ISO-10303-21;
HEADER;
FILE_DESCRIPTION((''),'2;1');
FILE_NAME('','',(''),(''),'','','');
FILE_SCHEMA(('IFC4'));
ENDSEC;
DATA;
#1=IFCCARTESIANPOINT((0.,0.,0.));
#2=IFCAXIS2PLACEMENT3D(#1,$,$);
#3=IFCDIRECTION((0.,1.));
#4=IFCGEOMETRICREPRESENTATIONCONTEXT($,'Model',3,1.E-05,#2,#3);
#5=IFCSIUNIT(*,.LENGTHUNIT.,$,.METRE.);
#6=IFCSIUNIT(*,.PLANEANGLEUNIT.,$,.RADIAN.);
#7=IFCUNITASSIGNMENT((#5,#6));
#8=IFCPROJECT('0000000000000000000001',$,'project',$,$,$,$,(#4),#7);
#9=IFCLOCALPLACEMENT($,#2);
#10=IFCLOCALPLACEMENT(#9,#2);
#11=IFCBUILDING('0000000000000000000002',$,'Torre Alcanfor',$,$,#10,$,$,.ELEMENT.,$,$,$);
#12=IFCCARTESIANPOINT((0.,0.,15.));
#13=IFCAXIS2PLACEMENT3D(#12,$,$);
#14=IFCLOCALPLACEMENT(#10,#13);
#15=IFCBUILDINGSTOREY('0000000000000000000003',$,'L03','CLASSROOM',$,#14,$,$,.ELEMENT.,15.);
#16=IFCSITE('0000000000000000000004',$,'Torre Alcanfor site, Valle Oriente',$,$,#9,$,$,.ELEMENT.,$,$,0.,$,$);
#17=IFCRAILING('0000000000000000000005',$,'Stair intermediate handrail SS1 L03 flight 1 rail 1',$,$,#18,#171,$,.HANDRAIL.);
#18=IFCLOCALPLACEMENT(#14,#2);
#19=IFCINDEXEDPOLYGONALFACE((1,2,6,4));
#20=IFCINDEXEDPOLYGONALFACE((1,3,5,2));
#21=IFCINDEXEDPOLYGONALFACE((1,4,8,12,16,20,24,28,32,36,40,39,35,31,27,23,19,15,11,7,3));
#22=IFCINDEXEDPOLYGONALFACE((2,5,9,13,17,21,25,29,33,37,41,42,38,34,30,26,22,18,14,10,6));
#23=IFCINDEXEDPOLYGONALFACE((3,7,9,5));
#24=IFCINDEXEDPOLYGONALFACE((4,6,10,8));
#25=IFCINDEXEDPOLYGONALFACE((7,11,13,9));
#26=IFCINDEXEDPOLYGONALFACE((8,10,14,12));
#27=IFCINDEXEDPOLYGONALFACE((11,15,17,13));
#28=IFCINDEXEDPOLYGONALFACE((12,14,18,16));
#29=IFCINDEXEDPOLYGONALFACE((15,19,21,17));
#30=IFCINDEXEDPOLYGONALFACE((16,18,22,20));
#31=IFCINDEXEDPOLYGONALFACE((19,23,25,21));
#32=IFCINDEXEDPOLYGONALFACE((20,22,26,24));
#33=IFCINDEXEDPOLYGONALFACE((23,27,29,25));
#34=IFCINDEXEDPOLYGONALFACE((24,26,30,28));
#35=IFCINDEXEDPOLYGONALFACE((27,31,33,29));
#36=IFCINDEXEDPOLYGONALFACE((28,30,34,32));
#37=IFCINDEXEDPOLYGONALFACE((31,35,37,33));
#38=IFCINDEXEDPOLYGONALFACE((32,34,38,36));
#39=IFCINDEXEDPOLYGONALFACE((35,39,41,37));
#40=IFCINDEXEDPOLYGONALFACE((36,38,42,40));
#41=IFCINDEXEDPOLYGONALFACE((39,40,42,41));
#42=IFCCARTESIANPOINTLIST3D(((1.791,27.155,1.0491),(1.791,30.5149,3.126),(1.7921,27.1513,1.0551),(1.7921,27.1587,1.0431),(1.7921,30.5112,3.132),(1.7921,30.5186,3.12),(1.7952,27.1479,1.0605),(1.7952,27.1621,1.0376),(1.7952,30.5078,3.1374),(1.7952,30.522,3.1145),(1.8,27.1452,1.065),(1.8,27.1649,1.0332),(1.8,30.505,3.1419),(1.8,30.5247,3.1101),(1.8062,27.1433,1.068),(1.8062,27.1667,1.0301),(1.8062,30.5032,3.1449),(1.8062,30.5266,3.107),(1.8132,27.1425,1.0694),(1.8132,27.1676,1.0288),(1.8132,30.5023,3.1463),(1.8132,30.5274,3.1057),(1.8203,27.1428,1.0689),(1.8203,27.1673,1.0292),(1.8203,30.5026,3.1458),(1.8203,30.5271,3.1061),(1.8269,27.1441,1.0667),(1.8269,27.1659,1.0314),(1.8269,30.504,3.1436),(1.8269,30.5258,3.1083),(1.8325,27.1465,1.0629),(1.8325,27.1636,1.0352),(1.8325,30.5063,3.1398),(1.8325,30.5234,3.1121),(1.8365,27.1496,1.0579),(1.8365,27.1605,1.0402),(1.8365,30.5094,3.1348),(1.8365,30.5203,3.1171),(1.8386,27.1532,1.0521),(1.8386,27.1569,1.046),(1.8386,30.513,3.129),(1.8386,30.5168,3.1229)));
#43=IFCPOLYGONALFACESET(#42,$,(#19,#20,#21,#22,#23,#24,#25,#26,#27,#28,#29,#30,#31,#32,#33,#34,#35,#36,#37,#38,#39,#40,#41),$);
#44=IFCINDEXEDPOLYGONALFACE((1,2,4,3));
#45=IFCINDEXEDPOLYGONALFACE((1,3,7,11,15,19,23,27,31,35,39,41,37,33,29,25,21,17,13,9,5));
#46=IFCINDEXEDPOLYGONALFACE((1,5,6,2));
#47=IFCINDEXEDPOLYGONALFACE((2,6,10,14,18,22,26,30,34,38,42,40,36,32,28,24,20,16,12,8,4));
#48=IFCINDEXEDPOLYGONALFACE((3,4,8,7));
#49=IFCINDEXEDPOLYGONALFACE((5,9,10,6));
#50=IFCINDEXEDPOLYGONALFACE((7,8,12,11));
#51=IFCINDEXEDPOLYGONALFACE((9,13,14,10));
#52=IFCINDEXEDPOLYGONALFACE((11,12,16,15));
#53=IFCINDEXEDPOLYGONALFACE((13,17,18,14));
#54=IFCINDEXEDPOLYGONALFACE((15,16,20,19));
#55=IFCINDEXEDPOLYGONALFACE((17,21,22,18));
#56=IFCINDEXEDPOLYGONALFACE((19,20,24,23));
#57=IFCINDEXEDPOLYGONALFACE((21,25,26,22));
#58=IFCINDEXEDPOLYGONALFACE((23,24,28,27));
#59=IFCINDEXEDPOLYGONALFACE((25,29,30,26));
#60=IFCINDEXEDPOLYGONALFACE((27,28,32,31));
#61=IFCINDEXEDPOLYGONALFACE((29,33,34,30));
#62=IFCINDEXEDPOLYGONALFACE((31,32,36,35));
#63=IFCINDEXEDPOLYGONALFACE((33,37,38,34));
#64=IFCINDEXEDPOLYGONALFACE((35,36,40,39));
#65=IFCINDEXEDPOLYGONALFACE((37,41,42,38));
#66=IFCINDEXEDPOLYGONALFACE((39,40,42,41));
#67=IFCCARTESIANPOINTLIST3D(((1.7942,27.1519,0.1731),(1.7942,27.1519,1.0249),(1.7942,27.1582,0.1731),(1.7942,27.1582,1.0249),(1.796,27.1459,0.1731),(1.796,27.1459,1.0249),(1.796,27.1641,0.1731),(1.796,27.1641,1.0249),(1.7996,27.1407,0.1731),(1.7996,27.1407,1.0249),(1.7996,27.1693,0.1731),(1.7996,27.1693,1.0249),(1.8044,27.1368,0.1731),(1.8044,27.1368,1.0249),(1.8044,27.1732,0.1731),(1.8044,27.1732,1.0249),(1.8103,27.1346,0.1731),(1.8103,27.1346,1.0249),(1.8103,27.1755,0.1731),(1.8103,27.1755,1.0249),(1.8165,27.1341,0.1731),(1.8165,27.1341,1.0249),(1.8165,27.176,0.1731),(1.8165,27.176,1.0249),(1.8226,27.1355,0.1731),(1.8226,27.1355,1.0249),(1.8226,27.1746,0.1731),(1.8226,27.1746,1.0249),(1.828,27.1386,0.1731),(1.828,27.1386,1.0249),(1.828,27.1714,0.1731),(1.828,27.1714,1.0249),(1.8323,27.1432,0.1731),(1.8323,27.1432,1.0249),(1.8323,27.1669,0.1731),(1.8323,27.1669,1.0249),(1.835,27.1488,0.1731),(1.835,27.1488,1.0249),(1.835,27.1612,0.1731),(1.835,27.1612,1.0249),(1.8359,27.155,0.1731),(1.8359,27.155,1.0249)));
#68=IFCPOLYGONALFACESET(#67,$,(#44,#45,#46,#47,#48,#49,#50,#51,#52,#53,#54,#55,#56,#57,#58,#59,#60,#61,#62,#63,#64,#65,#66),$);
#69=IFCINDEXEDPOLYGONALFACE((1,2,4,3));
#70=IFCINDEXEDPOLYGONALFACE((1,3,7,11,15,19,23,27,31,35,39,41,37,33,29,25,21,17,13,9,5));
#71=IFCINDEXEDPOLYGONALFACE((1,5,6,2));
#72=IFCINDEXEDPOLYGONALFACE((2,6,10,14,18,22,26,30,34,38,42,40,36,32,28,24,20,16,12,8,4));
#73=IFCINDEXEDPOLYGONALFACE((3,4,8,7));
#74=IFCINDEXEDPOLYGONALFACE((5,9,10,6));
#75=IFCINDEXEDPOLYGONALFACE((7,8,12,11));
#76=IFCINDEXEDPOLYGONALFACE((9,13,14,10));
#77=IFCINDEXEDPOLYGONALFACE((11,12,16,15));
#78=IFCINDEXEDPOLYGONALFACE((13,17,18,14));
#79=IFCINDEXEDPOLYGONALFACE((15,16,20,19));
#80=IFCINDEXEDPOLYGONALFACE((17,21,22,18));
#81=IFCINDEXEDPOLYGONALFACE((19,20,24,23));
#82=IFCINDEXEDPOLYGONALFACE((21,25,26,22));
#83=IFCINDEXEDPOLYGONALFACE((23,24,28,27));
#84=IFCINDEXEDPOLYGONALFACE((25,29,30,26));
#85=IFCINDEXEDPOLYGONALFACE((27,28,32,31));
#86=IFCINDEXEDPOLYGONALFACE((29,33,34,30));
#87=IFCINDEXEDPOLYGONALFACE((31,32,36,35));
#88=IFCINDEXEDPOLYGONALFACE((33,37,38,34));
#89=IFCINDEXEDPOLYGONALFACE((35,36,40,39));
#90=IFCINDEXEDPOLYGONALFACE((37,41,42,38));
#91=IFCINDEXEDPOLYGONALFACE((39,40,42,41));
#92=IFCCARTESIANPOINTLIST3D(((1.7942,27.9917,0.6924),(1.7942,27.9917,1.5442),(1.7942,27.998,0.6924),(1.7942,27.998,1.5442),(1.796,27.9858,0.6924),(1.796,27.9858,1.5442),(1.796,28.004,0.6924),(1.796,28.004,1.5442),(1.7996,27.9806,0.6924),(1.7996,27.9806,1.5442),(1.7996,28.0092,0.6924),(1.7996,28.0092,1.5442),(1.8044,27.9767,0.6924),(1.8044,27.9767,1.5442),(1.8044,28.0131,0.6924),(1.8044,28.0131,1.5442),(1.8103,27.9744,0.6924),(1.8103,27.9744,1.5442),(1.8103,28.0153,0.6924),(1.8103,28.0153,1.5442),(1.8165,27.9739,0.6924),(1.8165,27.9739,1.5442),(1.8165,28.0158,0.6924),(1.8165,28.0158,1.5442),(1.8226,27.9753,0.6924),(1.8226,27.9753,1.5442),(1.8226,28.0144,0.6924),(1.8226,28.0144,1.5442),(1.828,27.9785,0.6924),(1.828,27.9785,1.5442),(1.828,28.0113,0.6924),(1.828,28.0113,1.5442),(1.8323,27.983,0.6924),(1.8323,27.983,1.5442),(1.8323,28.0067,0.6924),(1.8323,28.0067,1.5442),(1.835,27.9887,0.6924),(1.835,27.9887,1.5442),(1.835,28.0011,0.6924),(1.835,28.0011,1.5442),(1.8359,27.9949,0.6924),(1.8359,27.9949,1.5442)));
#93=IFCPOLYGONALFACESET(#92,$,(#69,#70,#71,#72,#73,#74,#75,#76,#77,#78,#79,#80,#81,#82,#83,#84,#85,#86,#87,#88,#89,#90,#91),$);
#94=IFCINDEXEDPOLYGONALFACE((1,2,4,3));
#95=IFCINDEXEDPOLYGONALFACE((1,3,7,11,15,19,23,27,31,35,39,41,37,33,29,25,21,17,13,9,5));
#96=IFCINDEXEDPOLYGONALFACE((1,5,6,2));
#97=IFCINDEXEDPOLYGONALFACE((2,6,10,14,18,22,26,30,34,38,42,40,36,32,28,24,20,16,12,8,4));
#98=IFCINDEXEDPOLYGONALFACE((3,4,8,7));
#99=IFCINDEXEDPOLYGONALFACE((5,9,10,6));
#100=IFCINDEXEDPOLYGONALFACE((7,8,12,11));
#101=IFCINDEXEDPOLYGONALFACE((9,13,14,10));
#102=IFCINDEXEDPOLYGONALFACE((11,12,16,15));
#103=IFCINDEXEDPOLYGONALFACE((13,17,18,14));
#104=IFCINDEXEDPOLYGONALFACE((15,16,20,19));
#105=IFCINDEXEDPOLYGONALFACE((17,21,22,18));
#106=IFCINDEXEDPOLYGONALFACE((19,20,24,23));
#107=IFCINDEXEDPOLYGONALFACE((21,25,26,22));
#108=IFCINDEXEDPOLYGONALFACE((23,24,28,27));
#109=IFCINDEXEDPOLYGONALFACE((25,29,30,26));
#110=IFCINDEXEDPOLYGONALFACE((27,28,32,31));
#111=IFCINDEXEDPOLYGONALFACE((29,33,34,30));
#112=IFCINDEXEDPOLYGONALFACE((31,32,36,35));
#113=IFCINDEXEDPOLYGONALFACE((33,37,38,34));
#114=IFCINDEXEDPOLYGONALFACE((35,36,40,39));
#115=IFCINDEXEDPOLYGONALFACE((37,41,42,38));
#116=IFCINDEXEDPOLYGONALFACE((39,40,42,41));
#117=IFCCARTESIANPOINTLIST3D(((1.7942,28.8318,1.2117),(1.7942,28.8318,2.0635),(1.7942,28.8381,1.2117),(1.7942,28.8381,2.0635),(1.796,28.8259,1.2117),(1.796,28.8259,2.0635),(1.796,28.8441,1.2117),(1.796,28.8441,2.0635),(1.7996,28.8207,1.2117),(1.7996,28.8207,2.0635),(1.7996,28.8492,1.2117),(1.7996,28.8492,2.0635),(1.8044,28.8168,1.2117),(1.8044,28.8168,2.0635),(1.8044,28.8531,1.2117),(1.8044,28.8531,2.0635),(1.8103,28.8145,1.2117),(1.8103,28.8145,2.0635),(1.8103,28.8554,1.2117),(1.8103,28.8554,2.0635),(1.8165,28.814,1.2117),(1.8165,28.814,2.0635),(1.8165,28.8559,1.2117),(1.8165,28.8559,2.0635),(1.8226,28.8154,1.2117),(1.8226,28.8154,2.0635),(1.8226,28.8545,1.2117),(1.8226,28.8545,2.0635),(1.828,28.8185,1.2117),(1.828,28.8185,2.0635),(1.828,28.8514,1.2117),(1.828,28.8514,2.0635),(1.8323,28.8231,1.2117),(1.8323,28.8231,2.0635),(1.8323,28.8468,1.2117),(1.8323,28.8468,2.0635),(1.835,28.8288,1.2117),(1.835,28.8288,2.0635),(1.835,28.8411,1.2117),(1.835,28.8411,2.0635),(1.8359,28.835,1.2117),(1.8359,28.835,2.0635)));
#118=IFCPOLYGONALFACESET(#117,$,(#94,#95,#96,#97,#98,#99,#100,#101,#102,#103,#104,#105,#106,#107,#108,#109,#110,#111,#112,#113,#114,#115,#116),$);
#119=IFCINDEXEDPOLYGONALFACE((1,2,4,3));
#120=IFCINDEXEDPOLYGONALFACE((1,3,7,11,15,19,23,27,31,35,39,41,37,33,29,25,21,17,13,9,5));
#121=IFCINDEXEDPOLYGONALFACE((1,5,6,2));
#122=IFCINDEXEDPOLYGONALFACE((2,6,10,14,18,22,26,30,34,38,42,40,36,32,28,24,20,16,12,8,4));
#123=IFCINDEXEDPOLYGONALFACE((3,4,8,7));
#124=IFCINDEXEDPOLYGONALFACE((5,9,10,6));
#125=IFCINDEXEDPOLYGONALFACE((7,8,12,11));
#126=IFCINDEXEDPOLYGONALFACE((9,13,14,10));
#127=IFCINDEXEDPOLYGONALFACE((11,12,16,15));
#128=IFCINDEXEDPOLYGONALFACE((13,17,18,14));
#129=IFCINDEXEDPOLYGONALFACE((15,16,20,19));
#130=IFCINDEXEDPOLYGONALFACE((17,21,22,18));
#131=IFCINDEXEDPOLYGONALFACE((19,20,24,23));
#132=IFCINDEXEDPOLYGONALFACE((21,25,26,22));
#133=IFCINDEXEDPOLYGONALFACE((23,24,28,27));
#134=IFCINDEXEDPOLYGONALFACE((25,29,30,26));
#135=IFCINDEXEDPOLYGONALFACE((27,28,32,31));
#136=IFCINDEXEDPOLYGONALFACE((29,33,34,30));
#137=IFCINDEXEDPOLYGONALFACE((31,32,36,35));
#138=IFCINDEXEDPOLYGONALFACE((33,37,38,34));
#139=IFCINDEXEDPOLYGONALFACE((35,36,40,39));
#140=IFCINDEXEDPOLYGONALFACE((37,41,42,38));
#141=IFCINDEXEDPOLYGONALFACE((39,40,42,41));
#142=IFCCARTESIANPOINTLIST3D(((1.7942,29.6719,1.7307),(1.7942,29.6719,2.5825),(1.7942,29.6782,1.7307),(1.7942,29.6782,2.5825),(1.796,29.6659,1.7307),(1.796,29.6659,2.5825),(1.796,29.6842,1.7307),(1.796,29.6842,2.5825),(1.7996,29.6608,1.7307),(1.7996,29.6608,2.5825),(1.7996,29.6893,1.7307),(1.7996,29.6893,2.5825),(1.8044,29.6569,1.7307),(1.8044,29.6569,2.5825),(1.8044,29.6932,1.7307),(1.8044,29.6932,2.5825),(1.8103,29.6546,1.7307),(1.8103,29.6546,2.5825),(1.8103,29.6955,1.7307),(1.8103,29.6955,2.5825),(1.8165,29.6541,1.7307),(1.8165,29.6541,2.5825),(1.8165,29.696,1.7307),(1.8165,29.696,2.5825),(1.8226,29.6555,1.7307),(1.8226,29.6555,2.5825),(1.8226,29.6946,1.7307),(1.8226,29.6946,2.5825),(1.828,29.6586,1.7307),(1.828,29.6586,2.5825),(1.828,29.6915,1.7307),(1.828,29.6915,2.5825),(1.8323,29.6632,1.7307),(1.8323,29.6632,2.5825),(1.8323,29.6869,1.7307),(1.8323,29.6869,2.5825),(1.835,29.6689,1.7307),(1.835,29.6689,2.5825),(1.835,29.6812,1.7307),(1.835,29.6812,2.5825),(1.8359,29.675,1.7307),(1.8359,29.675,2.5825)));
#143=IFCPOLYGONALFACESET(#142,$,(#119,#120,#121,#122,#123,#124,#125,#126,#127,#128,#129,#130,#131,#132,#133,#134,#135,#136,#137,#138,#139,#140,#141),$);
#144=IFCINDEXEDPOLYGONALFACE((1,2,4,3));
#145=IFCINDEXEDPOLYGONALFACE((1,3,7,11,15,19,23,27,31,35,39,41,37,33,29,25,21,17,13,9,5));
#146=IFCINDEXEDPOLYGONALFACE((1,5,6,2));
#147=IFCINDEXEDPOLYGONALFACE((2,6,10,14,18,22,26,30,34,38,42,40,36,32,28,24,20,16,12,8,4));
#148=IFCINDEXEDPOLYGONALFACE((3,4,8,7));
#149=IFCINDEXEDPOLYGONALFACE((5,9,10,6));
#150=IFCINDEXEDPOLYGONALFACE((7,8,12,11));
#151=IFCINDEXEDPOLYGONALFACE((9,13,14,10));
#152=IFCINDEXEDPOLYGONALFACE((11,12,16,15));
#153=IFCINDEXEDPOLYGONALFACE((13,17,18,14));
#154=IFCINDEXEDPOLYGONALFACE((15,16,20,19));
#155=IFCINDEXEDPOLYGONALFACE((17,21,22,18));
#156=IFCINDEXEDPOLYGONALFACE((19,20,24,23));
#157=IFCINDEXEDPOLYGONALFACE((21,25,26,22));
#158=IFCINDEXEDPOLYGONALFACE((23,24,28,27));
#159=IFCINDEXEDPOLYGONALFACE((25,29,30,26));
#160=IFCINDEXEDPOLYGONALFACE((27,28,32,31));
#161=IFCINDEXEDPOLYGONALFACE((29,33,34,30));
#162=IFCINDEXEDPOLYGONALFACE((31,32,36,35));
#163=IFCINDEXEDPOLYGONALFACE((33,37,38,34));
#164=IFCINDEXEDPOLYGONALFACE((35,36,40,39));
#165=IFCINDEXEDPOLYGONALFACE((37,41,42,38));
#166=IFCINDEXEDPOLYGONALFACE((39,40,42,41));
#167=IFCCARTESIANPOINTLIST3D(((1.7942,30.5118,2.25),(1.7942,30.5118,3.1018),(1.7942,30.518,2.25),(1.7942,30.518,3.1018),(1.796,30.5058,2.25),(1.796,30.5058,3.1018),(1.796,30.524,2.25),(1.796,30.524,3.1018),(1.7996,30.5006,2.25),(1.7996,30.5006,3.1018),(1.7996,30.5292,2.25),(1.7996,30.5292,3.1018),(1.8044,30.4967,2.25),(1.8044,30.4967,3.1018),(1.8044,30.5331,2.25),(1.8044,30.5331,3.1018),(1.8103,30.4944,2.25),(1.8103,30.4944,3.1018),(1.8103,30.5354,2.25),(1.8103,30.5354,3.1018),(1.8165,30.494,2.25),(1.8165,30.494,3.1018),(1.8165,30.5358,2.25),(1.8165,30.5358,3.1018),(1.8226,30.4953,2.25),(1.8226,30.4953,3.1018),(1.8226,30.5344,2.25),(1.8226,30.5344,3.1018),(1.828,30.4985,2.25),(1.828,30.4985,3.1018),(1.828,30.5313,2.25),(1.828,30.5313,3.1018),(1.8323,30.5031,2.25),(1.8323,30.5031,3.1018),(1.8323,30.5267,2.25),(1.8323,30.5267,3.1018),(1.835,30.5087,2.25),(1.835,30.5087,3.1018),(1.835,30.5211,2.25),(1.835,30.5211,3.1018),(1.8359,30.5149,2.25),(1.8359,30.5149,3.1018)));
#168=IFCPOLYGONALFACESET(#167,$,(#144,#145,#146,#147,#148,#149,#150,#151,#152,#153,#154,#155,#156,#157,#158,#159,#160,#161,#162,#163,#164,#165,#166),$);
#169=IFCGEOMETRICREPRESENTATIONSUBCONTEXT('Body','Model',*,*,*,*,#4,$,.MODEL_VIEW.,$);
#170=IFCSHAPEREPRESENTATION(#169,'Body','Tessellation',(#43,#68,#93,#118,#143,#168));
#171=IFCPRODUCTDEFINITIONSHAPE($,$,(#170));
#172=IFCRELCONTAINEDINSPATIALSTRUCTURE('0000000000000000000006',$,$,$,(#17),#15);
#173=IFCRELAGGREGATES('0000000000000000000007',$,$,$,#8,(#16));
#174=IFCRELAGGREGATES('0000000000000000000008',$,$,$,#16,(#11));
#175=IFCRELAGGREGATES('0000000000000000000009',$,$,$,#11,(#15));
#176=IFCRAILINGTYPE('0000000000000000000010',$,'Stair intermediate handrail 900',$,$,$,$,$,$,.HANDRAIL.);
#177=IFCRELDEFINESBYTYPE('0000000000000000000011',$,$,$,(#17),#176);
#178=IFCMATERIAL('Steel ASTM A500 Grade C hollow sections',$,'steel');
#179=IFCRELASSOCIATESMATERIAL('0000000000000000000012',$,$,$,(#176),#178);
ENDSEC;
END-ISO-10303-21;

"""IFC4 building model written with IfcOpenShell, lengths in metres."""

from ifc_helpers import new_model, si_unit, direction, frame, origin, origin_2d, place, context, subcontext, project, spatial, circle, extrude, material, type_object, element, save


model = new_model("IFC4")

# Units and contexts
model_context = context("Model", 3, precision=1e-05, world=origin(), true_north=direction((0.0, 1.0)))
body_context = subcontext(model_context, "Body", "Model", "MODEL_VIEW")
ifc_project = project(units=[si_unit("LENGTHUNIT", "METRE"), si_unit("PLANEANGLEUNIT", "RADIAN")], contexts=[model_context])

# Site, building, storey
site_placement = place(None, origin())
site = spatial("IfcSite", under=ifc_project, at=site_placement, Name="Torre Alcanfor site, Valle Oriente", CompositionType="ELEMENT", RefElevation=0.0)
building_placement = place(site_placement, origin())
building = spatial("IfcBuilding", under=site, at=building_placement, Name="Torre Alcanfor", CompositionType="ELEMENT")
storey_placement = place(building_placement, frame((0.0, 0.0, 15.0)))
storey = spatial("IfcBuildingStorey", under=building, at=storey_placement, Name="L03", Description="CLASSROOM", CompositionType="ELEMENT", Elevation=15.0)

# Railing
ifc_material_1 = material(Name="Steel ASTM A500 Grade C hollow sections", Category="steel")
railing_type_1 = type_object("IfcRailingType", Name="Stair intermediate handrail 900", PredefinedType="HANDRAIL", material=ifc_material_1)
railing_1_placement = place(storey_placement, frame((1.8149, 27.155, 0.1731)))
element("IfcRailing", 1, at=railing_1_placement, inside=storey, type_object=railing_type_1, Name="Stair intermediate handrail SS1 L03 flight 1 rail 1", PredefinedType="HANDRAIL", context=body_context, shape_type="SweptSolid", body=[
    extrude(circle(Radius=0.0239, at=origin_2d()), frame((0.0, 0.0, 0.876), z_axis=(0.0, 0.850606, 0.525803), x_axis=(-1.0, 0.0, 0.0)), (0.0, 0.0, 1.0), 3.95),
    extrude(circle(Radius=0.021, at=origin_2d()), origin(), (0.0, 0.0, 1.0), 0.8518),
    extrude(circle(Radius=0.021, at=origin_2d()), frame((0.0, 0.8398, 0.5193)), (0.0, 0.0, 1.0), 0.8518),
    extrude(circle(Radius=0.021, at=origin_2d()), frame((0.0, 1.6799, 1.0386)), (0.0, 0.0, 1.0), 0.8518),
    extrude(circle(Radius=0.021, at=origin_2d()), frame((0.0, 2.52, 1.5576)), (0.0, 0.0, 1.0), 0.8518),
    extrude(circle(Radius=0.021, at=origin_2d()), frame((0.0, 3.3599, 2.0769)), (0.0, 0.0, 1.0), 0.8518),
])

save(model, "model.ifc")
